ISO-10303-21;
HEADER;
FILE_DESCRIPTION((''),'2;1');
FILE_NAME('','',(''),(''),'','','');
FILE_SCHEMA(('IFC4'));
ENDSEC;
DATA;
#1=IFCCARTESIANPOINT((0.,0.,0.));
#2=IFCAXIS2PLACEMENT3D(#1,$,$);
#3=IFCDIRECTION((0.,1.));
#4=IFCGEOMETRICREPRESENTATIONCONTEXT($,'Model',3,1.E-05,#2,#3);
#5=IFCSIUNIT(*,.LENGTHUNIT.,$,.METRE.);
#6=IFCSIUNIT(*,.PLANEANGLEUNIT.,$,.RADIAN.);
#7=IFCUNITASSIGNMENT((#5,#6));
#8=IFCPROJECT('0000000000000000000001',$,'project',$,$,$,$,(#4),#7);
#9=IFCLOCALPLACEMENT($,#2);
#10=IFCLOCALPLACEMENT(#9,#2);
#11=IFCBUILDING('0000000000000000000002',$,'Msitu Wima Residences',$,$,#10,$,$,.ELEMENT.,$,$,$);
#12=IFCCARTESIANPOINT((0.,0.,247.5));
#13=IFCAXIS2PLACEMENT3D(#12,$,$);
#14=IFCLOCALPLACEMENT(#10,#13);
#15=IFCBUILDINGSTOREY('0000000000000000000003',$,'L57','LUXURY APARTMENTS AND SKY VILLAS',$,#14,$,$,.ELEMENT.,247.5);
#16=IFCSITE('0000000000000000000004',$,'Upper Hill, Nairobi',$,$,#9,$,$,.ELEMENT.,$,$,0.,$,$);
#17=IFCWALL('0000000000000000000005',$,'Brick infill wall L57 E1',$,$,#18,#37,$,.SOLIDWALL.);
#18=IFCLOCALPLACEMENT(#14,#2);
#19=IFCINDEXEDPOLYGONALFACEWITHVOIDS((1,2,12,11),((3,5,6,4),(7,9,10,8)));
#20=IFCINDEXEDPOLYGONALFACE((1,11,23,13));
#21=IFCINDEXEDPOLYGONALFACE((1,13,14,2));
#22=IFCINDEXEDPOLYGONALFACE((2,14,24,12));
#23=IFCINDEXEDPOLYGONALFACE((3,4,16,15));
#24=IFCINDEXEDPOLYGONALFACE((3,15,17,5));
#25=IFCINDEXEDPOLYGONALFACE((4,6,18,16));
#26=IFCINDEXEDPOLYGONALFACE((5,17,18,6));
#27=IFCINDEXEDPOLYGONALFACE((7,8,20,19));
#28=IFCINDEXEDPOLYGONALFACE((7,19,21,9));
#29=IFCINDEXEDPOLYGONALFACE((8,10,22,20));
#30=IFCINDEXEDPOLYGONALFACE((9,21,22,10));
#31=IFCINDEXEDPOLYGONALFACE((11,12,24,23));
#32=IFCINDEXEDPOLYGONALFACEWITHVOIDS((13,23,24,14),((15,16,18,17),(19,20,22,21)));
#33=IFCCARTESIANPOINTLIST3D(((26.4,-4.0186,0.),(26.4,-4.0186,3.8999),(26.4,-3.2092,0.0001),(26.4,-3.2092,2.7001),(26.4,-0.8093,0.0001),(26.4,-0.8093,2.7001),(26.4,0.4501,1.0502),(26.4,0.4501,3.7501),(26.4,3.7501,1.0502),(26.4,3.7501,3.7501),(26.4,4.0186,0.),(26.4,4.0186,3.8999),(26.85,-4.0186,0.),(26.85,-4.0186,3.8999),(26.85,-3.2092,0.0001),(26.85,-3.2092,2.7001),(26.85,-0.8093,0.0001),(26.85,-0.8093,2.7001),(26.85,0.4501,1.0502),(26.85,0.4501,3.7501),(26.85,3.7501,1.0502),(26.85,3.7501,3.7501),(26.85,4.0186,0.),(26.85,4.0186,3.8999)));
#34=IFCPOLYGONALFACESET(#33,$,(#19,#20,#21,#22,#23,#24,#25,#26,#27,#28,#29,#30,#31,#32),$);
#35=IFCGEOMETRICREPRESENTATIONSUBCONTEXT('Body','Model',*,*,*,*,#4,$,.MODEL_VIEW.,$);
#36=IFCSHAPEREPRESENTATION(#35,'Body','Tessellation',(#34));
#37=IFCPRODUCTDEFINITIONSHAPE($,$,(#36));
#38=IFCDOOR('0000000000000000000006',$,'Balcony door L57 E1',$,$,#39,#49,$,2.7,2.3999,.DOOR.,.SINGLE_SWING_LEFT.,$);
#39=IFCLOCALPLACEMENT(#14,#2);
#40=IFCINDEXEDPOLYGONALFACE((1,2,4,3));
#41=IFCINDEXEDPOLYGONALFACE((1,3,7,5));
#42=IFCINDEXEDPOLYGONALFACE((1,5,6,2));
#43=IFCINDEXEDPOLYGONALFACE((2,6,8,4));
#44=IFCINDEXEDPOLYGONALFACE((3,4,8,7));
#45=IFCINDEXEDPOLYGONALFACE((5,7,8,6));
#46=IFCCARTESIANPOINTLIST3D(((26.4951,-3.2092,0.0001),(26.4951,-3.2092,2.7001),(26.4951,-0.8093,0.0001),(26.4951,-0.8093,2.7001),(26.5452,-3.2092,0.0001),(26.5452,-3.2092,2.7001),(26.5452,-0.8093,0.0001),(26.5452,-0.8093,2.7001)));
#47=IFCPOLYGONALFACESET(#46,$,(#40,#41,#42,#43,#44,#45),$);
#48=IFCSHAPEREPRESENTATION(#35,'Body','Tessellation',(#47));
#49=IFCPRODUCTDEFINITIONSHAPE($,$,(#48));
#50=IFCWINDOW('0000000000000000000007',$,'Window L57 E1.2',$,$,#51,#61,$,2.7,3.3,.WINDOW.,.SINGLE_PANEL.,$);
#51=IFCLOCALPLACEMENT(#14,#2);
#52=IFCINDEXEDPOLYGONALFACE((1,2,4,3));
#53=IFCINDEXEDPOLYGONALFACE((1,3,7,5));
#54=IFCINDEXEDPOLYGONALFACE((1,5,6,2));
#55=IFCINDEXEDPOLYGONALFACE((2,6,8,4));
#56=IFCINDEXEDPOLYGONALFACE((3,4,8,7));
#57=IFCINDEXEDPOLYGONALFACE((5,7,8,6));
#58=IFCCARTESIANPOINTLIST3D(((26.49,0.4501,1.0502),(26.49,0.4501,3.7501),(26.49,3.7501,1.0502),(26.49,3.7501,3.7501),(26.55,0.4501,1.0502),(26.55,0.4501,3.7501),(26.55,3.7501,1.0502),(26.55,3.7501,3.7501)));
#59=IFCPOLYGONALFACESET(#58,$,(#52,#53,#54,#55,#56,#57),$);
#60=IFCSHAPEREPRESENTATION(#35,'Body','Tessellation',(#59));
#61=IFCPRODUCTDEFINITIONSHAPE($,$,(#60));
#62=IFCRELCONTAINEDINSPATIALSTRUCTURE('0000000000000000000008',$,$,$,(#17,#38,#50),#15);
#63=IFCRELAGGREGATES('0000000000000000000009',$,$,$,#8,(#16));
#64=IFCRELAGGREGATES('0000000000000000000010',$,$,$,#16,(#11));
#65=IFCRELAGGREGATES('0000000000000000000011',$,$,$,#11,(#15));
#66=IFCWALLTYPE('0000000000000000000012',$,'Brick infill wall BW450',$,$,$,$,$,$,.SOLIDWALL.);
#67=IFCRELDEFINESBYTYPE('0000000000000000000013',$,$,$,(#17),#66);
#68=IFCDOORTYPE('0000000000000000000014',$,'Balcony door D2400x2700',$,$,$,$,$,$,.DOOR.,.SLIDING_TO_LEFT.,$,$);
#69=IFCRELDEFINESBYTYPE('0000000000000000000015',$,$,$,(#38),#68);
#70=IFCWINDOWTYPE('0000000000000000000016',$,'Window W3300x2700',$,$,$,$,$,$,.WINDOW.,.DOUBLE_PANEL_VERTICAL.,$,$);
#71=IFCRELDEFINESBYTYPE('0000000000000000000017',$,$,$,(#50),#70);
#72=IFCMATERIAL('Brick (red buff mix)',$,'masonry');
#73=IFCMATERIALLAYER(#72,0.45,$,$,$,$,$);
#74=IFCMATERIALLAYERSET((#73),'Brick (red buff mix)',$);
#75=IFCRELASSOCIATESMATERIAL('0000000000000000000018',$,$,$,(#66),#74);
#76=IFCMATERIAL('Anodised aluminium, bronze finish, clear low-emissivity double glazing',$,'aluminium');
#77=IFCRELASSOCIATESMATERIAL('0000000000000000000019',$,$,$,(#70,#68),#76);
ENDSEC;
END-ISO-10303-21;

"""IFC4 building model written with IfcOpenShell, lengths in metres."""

from ifc_helpers import new_model, si_unit, direction, frame, frame_2d, origin, place, context, subcontext, project, spatial, rectangle, extrude, material, layer, layer_set, type_object, element, fill, save


model = new_model("IFC4")

# Units and contexts
model_context = context("Model", 3, precision=1e-05, world=origin(), true_north=direction((0.0, 1.0)))
body_context = subcontext(model_context, "Body", "Model", "MODEL_VIEW")
ifc_project = project(units=[si_unit("LENGTHUNIT", "METRE"), si_unit("PLANEANGLEUNIT", "RADIAN")], contexts=[model_context])

# Site, building, storey
site_placement = place(None, origin())
site = spatial("IfcSite", under=ifc_project, at=site_placement, Name="Upper Hill, Nairobi", CompositionType="ELEMENT", RefElevation=0.0)
building_placement = place(site_placement, origin())
building = spatial("IfcBuilding", under=site, at=building_placement, Name="Msitu Wima Residences", CompositionType="ELEMENT")
storey_placement = place(building_placement, frame((0.0, 0.0, 247.5)))
storey = spatial("IfcBuildingStorey", under=building, at=storey_placement, Name="L57", Description="LUXURY APARTMENTS AND SKY VILLAS", CompositionType="ELEMENT", Elevation=247.5)

# Shared definitions
ifc_material_1 = material(Name="Brick (red buff mix)", Category="masonry")
ifc_layer_1 = layer(ifc_material_1, 0.45)
ifc_layer_set_1 = layer_set([ifc_layer_1], Name="Brick (red buff mix)")
wall_type_1 = type_object("IfcWallType", Name="Brick infill wall BW450", PredefinedType="SOLIDWALL", material=ifc_layer_set_1)
ifc_material_2 = material(Name="Anodised aluminium, bronze finish, clear low-emissivity double glazing", Category="aluminium")
window_type = type_object("IfcWindowType", Name="Window W3300x2700", PartitioningType="DOUBLE_PANEL_VERTICAL", PredefinedType="WINDOW", material=ifc_material_2)

# Wall, openings, door, window
wall_1_placement = place(storey_placement, frame((26.625, -4.0186, 0.0), z_axis=(0.0, 0.0, 1.0), x_axis=(0.0, 1.0, 0.0)))
wall_1 = element("IfcWall", 1, at=wall_1_placement, inside=storey, type_object=wall_type_1, Name="Brick infill wall L57 E1", PredefinedType="SOLIDWALL", context=body_context, shape_type="SweptSolid", body=[
    extrude(rectangle(XDim=8.0371, YDim=0.45, at=frame_2d((4.0186, 0.0))), origin(), (0.0, 0.0, 1.0), 3.8999),
])
opening_1_placement = place(wall_1_placement, frame((0.8093, 0.0, 0.0)))
opening_1 = element("IfcOpeningElement", 2, at=opening_1_placement, cuts=wall_1, PredefinedType="OPENING", context=body_context, shape_type="SweptSolid", body=[
    extrude(rectangle(XDim=2.3999, YDim=2.7, at=frame_2d((1.2, 1.3501))), frame((0.0, 0.2349, 0.0), z_axis=(0.0, -1.0, 0.0), x_axis=(1.0, 0.0, 0.0)), (0.0, 0.0, 1.0), 0.47),
])
opening_2_placement = place(wall_1_placement, frame((4.4688, 0.0, 1.05)))
opening_2 = element("IfcOpeningElement", 3, at=opening_2_placement, cuts=wall_1, PredefinedType="OPENING", context=body_context, shape_type="SweptSolid", body=[
    extrude(rectangle(XDim=3.3, YDim=2.7, at=frame_2d((1.6499, 1.3501))), frame((0.0, 0.2349, 0.0), z_axis=(0.0, -1.0, 0.0), x_axis=(1.0, 0.0, 0.0)), (0.0, 0.0, 1.0), 0.47),
])
door_type = type_object("IfcDoorType", Name="Balcony door D2400x2700", OperationType="SLIDING_TO_LEFT", PredefinedType="DOOR", material=ifc_material_2)
door_placement = place(opening_1_placement, origin())
door = element("IfcDoor", 4, at=door_placement, inside=storey, type_object=door_type, Name="Balcony door L57 E1", OperationType="SINGLE_SWING_LEFT", OverallHeight=2.7, OverallWidth=2.3999, PredefinedType="DOOR", context=body_context, shape_type="SweptSolid", body=[
    extrude(rectangle(XDim=2.3999, YDim=2.7, at=frame_2d((1.2, 1.3501))), frame((0.0, 0.1299, 0.0), z_axis=(0.0, -1.0, 0.0), x_axis=(1.0, 0.0, 0.0)), (0.0, 0.0, 1.0), 0.05),
])
fill(opening_1, door)
window_1_placement = place(opening_2_placement, origin())
window_1 = element("IfcWindow", 5, at=window_1_placement, inside=storey, type_object=window_type, Name="Window L57 E1.2", OverallHeight=2.7, OverallWidth=3.3, PartitioningType="SINGLE_PANEL", PredefinedType="WINDOW", context=body_context, shape_type="SweptSolid", body=[
    extrude(rectangle(XDim=3.3, YDim=2.7, at=frame_2d((1.6499, 1.3501))), frame((0.0, 0.135, 0.0), z_axis=(0.0, -1.0, 0.0), x_axis=(1.0, 0.0, 0.0)), (0.0, 0.0, 1.0), 0.0601),
])
fill(opening_2, window_1)

save(model, "model.ifc")
